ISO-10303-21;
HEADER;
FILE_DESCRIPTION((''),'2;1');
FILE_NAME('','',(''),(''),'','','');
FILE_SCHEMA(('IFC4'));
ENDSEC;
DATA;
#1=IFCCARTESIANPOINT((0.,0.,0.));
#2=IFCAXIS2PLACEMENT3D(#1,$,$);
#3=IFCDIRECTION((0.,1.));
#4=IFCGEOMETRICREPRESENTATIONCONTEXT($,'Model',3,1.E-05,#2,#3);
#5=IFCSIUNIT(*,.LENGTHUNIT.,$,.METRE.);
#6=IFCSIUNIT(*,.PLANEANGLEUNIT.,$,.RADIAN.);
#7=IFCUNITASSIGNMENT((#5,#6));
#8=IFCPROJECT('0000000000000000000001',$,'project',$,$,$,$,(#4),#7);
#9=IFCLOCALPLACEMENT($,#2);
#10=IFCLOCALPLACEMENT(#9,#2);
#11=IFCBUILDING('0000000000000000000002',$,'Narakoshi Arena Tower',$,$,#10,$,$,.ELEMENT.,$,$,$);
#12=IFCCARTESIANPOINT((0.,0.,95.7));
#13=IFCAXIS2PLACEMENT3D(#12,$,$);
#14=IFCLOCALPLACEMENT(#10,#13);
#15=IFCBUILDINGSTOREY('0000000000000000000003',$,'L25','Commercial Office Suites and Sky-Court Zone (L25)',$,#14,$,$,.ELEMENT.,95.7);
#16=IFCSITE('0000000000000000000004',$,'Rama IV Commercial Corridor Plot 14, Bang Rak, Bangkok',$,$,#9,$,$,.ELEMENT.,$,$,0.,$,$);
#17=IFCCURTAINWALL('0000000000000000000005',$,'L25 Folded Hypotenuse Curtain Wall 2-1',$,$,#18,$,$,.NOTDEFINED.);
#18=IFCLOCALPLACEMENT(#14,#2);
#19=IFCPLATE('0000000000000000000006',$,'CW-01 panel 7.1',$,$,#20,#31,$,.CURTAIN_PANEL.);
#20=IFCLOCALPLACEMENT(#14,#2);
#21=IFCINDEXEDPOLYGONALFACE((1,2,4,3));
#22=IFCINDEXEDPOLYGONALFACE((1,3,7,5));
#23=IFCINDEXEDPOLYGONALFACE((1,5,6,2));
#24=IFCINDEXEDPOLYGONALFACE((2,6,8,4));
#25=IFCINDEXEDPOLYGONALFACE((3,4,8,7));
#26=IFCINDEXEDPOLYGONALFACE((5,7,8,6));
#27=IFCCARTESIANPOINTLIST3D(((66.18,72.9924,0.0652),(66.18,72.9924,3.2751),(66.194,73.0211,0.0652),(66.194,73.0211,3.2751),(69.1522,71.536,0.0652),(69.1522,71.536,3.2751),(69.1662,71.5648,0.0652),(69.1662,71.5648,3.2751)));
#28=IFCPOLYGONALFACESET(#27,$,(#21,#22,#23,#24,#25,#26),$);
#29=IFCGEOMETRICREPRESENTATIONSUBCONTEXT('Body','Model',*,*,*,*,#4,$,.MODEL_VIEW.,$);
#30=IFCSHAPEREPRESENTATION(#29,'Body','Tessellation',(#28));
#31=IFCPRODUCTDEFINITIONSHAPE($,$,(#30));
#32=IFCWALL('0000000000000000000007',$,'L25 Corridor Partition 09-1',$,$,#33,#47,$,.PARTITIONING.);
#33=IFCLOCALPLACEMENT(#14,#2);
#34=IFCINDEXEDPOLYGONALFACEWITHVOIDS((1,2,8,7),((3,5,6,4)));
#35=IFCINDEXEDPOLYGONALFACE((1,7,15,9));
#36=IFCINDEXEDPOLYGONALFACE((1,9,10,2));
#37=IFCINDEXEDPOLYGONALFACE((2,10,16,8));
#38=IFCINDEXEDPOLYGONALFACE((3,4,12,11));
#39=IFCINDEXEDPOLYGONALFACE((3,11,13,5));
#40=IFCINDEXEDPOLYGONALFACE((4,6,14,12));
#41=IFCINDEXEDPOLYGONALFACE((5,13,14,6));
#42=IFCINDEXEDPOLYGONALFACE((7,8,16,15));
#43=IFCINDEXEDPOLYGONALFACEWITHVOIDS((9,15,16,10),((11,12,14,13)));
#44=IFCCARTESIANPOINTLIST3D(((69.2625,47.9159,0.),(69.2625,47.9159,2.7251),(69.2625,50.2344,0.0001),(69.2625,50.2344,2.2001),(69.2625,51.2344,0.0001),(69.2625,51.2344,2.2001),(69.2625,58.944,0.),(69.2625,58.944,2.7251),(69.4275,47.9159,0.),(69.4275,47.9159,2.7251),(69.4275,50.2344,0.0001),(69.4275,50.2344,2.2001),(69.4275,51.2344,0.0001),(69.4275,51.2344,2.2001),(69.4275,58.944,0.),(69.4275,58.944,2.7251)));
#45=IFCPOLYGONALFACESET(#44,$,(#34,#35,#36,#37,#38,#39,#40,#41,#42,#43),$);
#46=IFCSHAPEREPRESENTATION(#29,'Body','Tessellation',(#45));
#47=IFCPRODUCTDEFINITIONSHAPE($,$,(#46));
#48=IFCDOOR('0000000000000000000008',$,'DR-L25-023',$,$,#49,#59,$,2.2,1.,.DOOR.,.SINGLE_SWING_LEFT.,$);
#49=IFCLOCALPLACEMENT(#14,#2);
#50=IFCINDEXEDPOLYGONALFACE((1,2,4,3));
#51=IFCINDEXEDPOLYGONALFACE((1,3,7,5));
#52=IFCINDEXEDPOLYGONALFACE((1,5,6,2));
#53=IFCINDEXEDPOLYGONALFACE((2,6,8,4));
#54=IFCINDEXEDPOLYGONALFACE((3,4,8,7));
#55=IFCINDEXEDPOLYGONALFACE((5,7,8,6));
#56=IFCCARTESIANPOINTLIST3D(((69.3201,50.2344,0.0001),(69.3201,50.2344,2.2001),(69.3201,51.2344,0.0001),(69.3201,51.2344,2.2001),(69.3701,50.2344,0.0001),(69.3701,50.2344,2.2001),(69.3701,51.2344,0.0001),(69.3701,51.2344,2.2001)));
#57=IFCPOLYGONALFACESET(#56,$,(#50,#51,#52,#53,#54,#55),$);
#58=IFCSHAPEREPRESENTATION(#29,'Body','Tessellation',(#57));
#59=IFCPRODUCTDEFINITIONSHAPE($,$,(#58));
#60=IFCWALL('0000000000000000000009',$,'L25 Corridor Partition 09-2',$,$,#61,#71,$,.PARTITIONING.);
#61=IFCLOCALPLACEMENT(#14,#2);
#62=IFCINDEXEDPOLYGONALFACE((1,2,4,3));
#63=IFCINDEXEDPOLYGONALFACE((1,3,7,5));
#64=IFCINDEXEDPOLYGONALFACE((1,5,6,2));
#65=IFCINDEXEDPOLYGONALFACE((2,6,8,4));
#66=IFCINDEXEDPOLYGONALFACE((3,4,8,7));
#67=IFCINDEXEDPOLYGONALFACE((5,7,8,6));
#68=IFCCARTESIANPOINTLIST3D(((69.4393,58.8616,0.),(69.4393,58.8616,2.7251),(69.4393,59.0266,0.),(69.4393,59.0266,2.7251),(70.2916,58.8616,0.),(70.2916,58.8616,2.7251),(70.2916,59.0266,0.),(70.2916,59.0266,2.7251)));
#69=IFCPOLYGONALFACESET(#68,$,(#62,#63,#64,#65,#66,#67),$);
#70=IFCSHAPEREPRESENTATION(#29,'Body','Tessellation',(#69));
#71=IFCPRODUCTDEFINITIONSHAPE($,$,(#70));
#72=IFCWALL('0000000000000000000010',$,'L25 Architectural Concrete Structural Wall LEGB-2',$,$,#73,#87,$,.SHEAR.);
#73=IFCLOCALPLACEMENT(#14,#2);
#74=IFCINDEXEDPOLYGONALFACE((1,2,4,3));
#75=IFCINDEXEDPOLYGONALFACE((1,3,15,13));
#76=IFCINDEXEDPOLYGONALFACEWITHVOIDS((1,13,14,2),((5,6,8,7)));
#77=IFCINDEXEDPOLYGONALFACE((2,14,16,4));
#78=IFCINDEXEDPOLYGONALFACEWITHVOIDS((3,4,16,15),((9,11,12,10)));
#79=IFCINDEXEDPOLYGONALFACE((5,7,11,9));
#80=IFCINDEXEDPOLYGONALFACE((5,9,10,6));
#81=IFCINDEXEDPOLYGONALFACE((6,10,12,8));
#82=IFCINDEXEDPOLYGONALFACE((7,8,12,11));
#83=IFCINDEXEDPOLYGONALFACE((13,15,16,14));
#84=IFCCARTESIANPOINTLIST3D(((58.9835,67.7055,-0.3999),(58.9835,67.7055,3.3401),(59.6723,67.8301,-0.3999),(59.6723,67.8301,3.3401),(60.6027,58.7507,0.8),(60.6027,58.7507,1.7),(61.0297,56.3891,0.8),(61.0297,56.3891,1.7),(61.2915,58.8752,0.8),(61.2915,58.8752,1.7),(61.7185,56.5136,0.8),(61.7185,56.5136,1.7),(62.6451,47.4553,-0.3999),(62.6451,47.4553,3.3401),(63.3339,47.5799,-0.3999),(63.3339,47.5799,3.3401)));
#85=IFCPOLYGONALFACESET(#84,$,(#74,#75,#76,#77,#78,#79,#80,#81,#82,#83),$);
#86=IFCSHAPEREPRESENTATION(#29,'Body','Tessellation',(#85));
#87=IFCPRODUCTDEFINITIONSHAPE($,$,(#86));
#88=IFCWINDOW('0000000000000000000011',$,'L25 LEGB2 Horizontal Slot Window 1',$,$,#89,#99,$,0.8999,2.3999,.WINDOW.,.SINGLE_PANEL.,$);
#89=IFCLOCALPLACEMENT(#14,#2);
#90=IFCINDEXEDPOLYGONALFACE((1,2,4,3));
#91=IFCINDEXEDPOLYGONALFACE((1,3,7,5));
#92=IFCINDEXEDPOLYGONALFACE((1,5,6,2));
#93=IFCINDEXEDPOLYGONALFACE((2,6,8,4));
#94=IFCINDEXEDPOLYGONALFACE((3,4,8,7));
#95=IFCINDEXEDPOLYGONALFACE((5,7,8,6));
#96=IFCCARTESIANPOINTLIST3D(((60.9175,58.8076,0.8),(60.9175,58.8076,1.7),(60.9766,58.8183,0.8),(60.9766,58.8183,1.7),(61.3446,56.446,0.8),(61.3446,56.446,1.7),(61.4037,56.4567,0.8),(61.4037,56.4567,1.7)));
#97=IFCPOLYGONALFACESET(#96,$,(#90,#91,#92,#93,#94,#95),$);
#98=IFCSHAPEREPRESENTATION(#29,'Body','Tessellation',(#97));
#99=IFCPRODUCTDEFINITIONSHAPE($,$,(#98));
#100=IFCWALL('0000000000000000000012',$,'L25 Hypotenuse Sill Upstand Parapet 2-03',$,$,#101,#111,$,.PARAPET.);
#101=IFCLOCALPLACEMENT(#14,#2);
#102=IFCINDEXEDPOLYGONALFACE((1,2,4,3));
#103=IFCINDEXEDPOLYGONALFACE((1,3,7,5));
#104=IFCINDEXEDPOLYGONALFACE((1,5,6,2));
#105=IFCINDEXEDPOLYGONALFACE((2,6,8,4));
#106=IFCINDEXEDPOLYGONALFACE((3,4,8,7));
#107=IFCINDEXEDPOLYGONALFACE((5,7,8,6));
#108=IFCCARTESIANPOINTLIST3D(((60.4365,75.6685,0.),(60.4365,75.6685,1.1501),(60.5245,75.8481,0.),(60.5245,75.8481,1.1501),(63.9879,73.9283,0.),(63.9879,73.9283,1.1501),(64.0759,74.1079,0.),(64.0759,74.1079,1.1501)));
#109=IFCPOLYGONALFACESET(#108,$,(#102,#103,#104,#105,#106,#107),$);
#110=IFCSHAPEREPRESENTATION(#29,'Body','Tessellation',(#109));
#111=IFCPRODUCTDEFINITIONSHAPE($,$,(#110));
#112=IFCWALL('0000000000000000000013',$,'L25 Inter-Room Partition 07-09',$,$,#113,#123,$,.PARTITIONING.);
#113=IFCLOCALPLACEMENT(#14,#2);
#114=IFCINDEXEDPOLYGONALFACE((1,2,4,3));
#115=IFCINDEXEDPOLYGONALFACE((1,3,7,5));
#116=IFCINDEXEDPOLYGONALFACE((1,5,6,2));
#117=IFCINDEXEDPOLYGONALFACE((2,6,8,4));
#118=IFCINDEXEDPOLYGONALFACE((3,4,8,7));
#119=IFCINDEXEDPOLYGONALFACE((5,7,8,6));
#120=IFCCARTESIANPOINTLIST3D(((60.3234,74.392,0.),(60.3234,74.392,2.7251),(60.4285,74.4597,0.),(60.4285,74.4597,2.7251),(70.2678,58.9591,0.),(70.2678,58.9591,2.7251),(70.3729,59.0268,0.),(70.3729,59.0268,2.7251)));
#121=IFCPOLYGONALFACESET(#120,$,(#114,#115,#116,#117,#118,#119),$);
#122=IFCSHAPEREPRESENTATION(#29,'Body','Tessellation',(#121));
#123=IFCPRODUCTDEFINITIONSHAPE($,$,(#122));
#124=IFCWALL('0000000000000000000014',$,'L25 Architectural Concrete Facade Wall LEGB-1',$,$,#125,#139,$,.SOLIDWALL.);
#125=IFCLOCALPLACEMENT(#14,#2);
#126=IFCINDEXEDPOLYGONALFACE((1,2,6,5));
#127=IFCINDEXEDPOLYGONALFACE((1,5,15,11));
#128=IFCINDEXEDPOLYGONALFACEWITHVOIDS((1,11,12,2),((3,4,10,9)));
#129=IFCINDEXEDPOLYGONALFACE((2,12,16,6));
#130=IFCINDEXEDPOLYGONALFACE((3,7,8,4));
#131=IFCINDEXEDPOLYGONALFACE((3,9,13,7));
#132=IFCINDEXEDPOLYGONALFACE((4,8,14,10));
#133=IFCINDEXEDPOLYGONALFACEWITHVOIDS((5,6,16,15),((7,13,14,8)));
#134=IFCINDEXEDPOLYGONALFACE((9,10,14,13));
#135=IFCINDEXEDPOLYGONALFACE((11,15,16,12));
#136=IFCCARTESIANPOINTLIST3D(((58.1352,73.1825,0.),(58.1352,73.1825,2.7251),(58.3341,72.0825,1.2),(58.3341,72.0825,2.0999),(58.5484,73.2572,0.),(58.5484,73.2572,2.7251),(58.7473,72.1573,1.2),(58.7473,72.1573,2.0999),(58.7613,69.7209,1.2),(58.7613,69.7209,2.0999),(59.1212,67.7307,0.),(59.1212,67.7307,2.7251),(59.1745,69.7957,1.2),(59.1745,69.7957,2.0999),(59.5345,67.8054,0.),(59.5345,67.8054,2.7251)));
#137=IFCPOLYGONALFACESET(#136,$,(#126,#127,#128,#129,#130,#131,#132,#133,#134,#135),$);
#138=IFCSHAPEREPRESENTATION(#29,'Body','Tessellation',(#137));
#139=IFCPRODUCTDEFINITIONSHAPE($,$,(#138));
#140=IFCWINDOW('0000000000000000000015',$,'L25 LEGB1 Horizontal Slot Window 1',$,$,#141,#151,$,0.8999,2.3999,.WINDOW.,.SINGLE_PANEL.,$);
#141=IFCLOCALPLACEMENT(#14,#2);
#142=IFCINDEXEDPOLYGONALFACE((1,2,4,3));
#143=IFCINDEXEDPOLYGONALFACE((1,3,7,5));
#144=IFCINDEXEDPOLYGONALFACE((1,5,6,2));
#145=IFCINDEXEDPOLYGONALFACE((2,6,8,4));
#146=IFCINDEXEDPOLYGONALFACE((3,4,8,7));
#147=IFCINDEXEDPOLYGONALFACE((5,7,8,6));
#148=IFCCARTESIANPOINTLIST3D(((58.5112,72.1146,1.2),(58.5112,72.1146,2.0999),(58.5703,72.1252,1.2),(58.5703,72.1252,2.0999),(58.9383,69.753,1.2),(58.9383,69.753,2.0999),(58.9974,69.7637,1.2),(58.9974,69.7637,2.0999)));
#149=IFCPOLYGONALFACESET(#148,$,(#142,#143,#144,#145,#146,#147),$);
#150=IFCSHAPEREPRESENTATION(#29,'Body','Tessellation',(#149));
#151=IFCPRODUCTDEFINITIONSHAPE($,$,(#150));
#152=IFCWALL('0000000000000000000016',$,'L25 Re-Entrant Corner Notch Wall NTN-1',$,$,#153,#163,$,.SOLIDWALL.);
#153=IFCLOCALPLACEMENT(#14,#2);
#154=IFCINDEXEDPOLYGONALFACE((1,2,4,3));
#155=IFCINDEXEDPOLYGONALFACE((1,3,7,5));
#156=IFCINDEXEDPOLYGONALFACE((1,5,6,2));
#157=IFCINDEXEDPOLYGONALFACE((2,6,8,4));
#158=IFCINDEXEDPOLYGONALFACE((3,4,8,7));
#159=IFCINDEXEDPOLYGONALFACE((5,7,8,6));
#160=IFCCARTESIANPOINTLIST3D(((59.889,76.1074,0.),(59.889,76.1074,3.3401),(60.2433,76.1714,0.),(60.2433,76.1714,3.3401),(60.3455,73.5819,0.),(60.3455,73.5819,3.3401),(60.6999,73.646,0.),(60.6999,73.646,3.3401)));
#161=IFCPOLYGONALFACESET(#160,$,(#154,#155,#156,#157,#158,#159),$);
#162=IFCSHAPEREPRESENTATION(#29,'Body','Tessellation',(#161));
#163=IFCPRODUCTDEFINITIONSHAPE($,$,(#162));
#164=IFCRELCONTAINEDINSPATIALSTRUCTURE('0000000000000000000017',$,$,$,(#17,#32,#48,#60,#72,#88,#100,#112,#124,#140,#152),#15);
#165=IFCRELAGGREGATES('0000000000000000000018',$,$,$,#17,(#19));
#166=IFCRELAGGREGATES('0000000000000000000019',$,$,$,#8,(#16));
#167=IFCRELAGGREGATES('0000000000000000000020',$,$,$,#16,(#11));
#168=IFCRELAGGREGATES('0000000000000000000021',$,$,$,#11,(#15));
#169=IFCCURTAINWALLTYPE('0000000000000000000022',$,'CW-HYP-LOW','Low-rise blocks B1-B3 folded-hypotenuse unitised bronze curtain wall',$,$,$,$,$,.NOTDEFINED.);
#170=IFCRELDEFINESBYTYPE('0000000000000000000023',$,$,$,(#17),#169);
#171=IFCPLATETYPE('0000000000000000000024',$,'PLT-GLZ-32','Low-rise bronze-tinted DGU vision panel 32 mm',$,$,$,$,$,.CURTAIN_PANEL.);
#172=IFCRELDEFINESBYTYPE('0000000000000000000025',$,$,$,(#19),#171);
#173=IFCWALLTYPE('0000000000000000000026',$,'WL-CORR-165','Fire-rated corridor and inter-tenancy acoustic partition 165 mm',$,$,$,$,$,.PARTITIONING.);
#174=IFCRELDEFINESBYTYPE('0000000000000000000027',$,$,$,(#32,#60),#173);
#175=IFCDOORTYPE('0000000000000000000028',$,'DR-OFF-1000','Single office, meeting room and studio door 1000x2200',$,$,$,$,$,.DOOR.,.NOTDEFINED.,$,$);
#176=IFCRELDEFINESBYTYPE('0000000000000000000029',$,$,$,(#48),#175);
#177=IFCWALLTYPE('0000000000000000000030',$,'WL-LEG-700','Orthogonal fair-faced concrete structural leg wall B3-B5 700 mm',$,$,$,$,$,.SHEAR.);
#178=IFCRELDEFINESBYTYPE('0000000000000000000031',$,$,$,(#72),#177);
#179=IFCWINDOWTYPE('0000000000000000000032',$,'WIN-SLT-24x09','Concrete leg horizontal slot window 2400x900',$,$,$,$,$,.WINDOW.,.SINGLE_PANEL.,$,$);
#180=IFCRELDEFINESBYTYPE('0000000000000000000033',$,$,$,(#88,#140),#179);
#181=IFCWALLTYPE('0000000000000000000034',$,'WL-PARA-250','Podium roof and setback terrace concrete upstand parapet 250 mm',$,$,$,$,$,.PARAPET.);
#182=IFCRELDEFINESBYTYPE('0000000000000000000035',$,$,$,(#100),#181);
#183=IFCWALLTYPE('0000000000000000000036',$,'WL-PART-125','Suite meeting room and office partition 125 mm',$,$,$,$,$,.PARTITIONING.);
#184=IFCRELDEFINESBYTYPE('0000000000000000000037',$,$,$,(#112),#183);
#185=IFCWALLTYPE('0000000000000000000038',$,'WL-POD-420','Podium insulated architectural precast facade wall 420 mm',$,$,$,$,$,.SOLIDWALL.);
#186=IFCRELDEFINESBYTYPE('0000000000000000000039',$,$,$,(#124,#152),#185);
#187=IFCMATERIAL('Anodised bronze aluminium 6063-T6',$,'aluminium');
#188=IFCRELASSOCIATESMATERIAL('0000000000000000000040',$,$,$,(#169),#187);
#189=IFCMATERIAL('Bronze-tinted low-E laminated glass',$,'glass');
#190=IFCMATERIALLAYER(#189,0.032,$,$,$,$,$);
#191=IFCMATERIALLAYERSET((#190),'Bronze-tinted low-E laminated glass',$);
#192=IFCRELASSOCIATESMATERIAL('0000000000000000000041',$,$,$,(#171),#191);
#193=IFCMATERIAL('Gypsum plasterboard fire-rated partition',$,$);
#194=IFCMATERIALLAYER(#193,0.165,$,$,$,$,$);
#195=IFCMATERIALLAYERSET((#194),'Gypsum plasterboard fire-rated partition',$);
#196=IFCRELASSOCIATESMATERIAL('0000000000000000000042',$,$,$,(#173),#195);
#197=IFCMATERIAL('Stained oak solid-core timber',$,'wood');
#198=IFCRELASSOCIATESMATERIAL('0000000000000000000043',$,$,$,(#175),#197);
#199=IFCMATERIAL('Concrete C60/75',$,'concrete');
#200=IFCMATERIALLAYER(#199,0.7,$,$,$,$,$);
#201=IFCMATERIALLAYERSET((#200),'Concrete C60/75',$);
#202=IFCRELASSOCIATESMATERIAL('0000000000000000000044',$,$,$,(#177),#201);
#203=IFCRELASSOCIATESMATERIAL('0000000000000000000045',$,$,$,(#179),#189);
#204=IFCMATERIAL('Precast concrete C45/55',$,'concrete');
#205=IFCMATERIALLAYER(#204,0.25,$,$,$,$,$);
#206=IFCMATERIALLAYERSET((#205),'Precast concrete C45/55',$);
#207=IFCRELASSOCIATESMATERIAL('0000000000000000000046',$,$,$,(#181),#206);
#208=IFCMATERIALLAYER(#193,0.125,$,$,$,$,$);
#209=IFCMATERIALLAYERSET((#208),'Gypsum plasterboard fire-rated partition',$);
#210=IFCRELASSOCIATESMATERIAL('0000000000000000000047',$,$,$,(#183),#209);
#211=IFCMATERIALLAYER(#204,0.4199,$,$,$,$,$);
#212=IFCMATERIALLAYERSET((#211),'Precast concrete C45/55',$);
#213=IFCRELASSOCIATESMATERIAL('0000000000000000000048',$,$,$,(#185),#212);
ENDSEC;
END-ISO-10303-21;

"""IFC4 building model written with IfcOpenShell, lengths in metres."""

from ifc_helpers import new_model, si_unit, direction, frame, frame_2d, origin, origin_2d, place, context, subcontext, project, spatial, rectangle, extrude, material, layer, layer_set, type_object, element, fill, aggregate, save


model = new_model("IFC4")

# Units and contexts
model_context = context("Model", 3, precision=1e-05, world=origin(), true_north=direction((0.0, 1.0)))
body_context = subcontext(model_context, "Body", "Model", "MODEL_VIEW")
ifc_project = project(units=[si_unit("LENGTHUNIT", "METRE"), si_unit("PLANEANGLEUNIT", "RADIAN")], contexts=[model_context])

# Site, building, storey
site_placement = place(None, origin())
site = spatial("IfcSite", under=ifc_project, at=site_placement, Name="Rama IV Commercial Corridor Plot 14, Bang Rak, Bangkok", CompositionType="ELEMENT", RefElevation=0.0)
building_placement = place(site_placement, origin())
building = spatial("IfcBuilding", under=site, at=building_placement, Name="Narakoshi Arena Tower", CompositionType="ELEMENT")
storey_placement = place(building_placement, frame((0.0, 0.0, 95.7)))
storey = spatial("IfcBuildingStorey", under=building, at=storey_placement, Name="L25", Description="Commercial Office Suites and Sky-Court Zone (L25)", CompositionType="ELEMENT", Elevation=95.7)

# Shared definitions
ifc_material_1 = material(Name="Concrete C60/75", Category="concrete")

# Curtain wall, plate
ifc_material_2 = material(Name="Anodised bronze aluminium 6063-T6", Category="aluminium")
curtain_wall_type = type_object("IfcCurtainWallType", Name="CW-HYP-LOW", Description="Low-rise blocks B1-B3 folded-hypotenuse unitised bronze curtain wall", PredefinedType="NOTDEFINED", material=ifc_material_2)
curtain_wall_placement = place(storey_placement, origin())
curtain_wall = element("IfcCurtainWall", 1, at=curtain_wall_placement, inside=storey, type_object=curtain_wall_type, Name="L25 Folded Hypotenuse Curtain Wall 2-1", PredefinedType="NOTDEFINED")
ifc_material_3 = material(Name="Bronze-tinted low-E laminated glass", Category="glass")
ifc_layer_1 = layer(ifc_material_3, 0.032)
ifc_layer_set_1 = layer_set([ifc_layer_1], Name="Bronze-tinted low-E laminated glass")
plate_type = type_object("IfcPlateType", Name="PLT-GLZ-32", Description="Low-rise bronze-tinted DGU vision panel 32 mm", PredefinedType="CURTAIN_PANEL", material=ifc_layer_set_1)
plate_1_placement = place(storey_placement, frame((67.6731, 72.2786, 0.0652), z_axis=(0.0, 0.0, 1.0), x_axis=(-0.897996, 0.440005, 0.0)))
plate_1 = element("IfcPlate", 2, at=plate_1_placement, type_object=plate_type, Name="CW-01 panel 7.1", PredefinedType="CURTAIN_PANEL", context=body_context, shape_type="SweptSolid", body=[
    extrude(rectangle(XDim=3.3098, YDim=0.032, at=origin_2d()), origin(), (0.0, 0.0, 1.0), 3.21),
])
aggregate(curtain_wall, [plate_1])

# Wall, opening, door
ifc_material_4 = material(Name="Gypsum plasterboard fire-rated partition")
ifc_layer_2 = layer(ifc_material_4, 0.165)
ifc_layer_set_2 = layer_set([ifc_layer_2], Name="Gypsum plasterboard fire-rated partition")
wall_type_1 = type_object("IfcWallType", Name="WL-CORR-165", Description="Fire-rated corridor and inter-tenancy acoustic partition 165 mm", PredefinedType="PARTITIONING", material=ifc_layer_set_2)
wall_1_placement = place(storey_placement, frame((69.345, 58.9441, 0.0), z_axis=(0.0, 0.0, 1.0), x_axis=(0.0, -1.0, 0.0)))
wall_1 = element("IfcWall", 3, at=wall_1_placement, inside=storey, type_object=wall_type_1, Name="L25 Corridor Partition 09-1", PredefinedType="PARTITIONING", context=body_context, shape_type="SweptSolid", body=[
    extrude(rectangle(XDim=11.0281, YDim=0.165, at=frame_2d((5.5142, 0.0))), origin(), (0.0, 0.0, 1.0), 2.7251),
])
opening_1_placement = place(wall_1_placement, frame((7.7097, 0.0, 0.0)))
opening_1 = element("IfcOpeningElement", 4, at=opening_1_placement, cuts=wall_1, PredefinedType="OPENING", context=body_context, shape_type="SweptSolid", body=[
    extrude(rectangle(XDim=1.0, YDim=2.2, at=frame_2d((0.5, 1.1001))), frame((0.0, 0.0925, 0.0), z_axis=(0.0, -1.0, 0.0), x_axis=(1.0, 0.0, 0.0)), (0.0, 0.0, 1.0), 0.1851),
])
ifc_material_5 = material(Name="Stained oak solid-core timber", Category="wood")
door_type = type_object("IfcDoorType", Name="DR-OFF-1000", Description="Single office, meeting room and studio door 1000x2200", OperationType="NOTDEFINED", PredefinedType="DOOR", material=ifc_material_5)
door_placement = place(opening_1_placement, frame((1.0, 0.0, 0.0), z_axis=(0.0, 0.0, 1.0), x_axis=(-1.0, 0.0, 0.0)))
door = element("IfcDoor", 5, at=door_placement, inside=storey, type_object=door_type, Name="DR-L25-023", OperationType="SINGLE_SWING_LEFT", OverallHeight=2.2, OverallWidth=1.0, PredefinedType="DOOR", context=body_context, shape_type="SweptSolid", body=[
    extrude(rectangle(XDim=1.0, YDim=2.2, at=frame_2d((0.5, 1.1001))), frame((0.0, 0.0249, 0.0), z_axis=(0.0, -1.0, 0.0), x_axis=(1.0, 0.0, 0.0)), (0.0, 0.0, 1.0), 0.05),
])
fill(opening_1, door)

# Wall
wall_2_placement = place(storey_placement, frame((70.2917, 58.9441, 0.0), z_axis=(0.0, 0.0, 1.0), x_axis=(-1.0, 0.0, 0.0)))
element("IfcWall", 6, at=wall_2_placement, inside=storey, type_object=wall_type_1, Name="L25 Corridor Partition 09-2", PredefinedType="PARTITIONING", context=body_context, shape_type="SweptSolid", body=[
    extrude(rectangle(XDim=0.8523, YDim=0.165, at=frame_2d((0.4263, 0.0))), origin(), (0.0, 0.0, 1.0), 2.7251),
])

# Wall, opening, window
ifc_layer_3 = layer(ifc_material_1, 0.7)
ifc_layer_set_3 = layer_set([ifc_layer_3], Name="Concrete C60/75")
wall_type_2 = type_object("IfcWallType", Name="WL-LEG-700", Description="Orthogonal fair-faced concrete structural leg wall B3-B5 700 mm", PredefinedType="SHEAR", material=ifc_layer_set_3)
wall_3_placement = place(storey_placement, frame((59.3279, 67.7678, -0.3999), z_axis=(0.0, 0.0, 1.0), x_axis=(0.177933, -0.984043, 0.0)))
wall_3 = element("IfcWall", 7, at=wall_3_placement, inside=storey, type_object=wall_type_2, Name="L25 Architectural Concrete Structural Wall LEGB-2", PredefinedType="SHEAR", context=body_context, shape_type="SweptSolid", body=[
    extrude(rectangle(XDim=20.5786, YDim=0.7, at=frame_2d((10.2893, 0.0))), origin(), (0.0, 0.0, 1.0), 3.74),
])
opening_2_placement = place(wall_3_placement, frame((9.1001, 0.0, 1.2)))
opening_2 = element("IfcOpeningElement", 8, at=opening_2_placement, cuts=wall_3, PredefinedType="OPENING", context=body_context, shape_type="SweptSolid", body=[
    extrude(rectangle(XDim=2.3999, YDim=0.8999, at=frame_2d((1.2, 0.45))), frame((0.0, 0.3599, 0.0), z_axis=(0.0, -1.0, 0.0), x_axis=(1.0, 0.0, 0.0)), (0.0, 0.0, 1.0), 0.72),
])
window_type = type_object("IfcWindowType", Name="WIN-SLT-24x09", Description="Concrete leg horizontal slot window 2400x900", PartitioningType="SINGLE_PANEL", PredefinedType="WINDOW", material=ifc_material_3)
window_1_placement = place(opening_2_placement, origin())
window_1 = element("IfcWindow", 9, at=window_1_placement, inside=storey, type_object=window_type, Name="L25 LEGB2 Horizontal Slot Window 1", OverallHeight=0.8999, OverallWidth=2.3999, PartitioningType="SINGLE_PANEL", PredefinedType="WINDOW", context=body_context, shape_type="SweptSolid", body=[
    extrude(rectangle(XDim=2.3999, YDim=0.8999, at=frame_2d((1.2, 0.45))), frame((0.0, 0.03, 0.0), z_axis=(0.0, -1.0, 0.0), x_axis=(1.0, 0.0, 0.0)), (0.0, 0.0, 1.0), 0.0601),
])
fill(opening_2, window_1)

# Walls
ifc_material_6 = material(Name="Precast concrete C45/55", Category="concrete")
ifc_layer_4 = layer(ifc_material_6, 0.25)
ifc_layer_set_4 = layer_set([ifc_layer_4], Name="Precast concrete C45/55")
wall_type_3 = type_object("IfcWallType", Name="WL-PARA-250", Description="Podium roof and setback terrace concrete upstand parapet 250 mm", PredefinedType="PARAPET", material=ifc_layer_set_4)
wall_4_placement = place(storey_placement, frame((64.032, 74.0181, 0.0), z_axis=(0.0, 0.0, 1.0), x_axis=(-0.897991, 0.440014, 0.0)))
element("IfcWall", 10, at=wall_4_placement, inside=storey, type_object=wall_type_3, Name="L25 Hypotenuse Sill Upstand Parapet 2-03", PredefinedType="PARAPET", context=body_context, shape_type="SweptSolid", body=[
    extrude(rectangle(XDim=3.9548, YDim=0.2, at=frame_2d((1.9775, 0.0))), origin(), (0.0, 0.0, 1.0), 1.1501),
])
ifc_layer_5 = layer(ifc_material_4, 0.125)
ifc_layer_set_5 = layer_set([ifc_layer_5], Name="Gypsum plasterboard fire-rated partition")
wall_type_4 = type_object("IfcWallType", Name="WL-PART-125", Description="Suite meeting room and office partition 125 mm", PredefinedType="PARTITIONING", material=ifc_layer_set_5)
wall_5_placement = place(storey_placement, frame((70.3203, 58.9929, 0.0), z_axis=(0.0, 0.0, 1.0), x_axis=(-0.541652, 0.840603, 0.0)))
element("IfcWall", 11, at=wall_5_placement, inside=storey, type_object=wall_type_4, Name="L25 Inter-Room Partition 07-09", PredefinedType="PARTITIONING", context=body_context, shape_type="SweptSolid", body=[
    extrude(rectangle(XDim=18.3594, YDim=0.125, at=frame_2d((9.1797, 0.0))), origin(), (0.0, 0.0, 1.0), 2.7251),
])

# Wall, opening, window
ifc_layer_6 = layer(ifc_material_6, 0.4199)
ifc_layer_set_6 = layer_set([ifc_layer_6], Name="Precast concrete C45/55")
wall_type_5 = type_object("IfcWallType", Name="WL-POD-420", Description="Podium insulated architectural precast facade wall 420 mm", PredefinedType="SOLIDWALL", material=ifc_layer_set_6)
wall_6_placement = place(storey_placement, frame((58.3418, 73.2197, 0.0), z_axis=(0.0, 0.0, 1.0), x_axis=(0.177982, -0.984034, 0.0)))
wall_6 = element("IfcWall", 12, at=wall_6_placement, inside=storey, type_object=wall_type_5, Name="L25 Architectural Concrete Facade Wall LEGB-1", PredefinedType="SOLIDWALL", context=body_context, shape_type="SweptSolid", body=[
    extrude(rectangle(XDim=5.5403, YDim=0.4199, at=frame_2d((2.77, 0.0))), origin(), (0.0, 0.0, 1.0), 2.7251),
])
opening_3_placement = place(wall_6_placement, frame((1.1177, 0.0, 1.2)))
opening_3 = element("IfcOpeningElement", 13, at=opening_3_placement, cuts=wall_6, PredefinedType="OPENING", context=body_context, shape_type="SweptSolid", body=[
    extrude(rectangle(XDim=2.3999, YDim=0.8999, at=frame_2d((1.2, 0.45))), frame((0.0, 0.22, 0.0), z_axis=(0.0, -1.0, 0.0), x_axis=(1.0, 0.0, 0.0)), (0.0, 0.0, 1.0), 0.4399),
])
window_2_placement = place(opening_3_placement, origin())
window_2 = element("IfcWindow", 14, at=window_2_placement, inside=storey, type_object=window_type, Name="L25 LEGB1 Horizontal Slot Window 1", OverallHeight=0.8999, OverallWidth=2.3999, PartitioningType="SINGLE_PANEL", PredefinedType="WINDOW", context=body_context, shape_type="SweptSolid", body=[
    extrude(rectangle(XDim=2.3999, YDim=0.8999, at=frame_2d((1.2, 0.45))), frame((0.0, 0.03, 0.0), z_axis=(0.0, -1.0, 0.0), x_axis=(1.0, 0.0, 0.0)), (0.0, 0.0, 1.0), 0.0601),
])
fill(opening_3, window_2)

# Wall
wall_7_placement = place(storey_placement, frame((60.0662, 76.1394, 0.0), z_axis=(0.0, 0.0, 1.0), x_axis=(0.177897, -0.984049, 0.0)))
element("IfcWall", 15, at=wall_7_placement, inside=storey, type_object=wall_type_5, Name="L25 Re-Entrant Corner Notch Wall NTN-1", PredefinedType="SOLIDWALL", context=body_context, shape_type="SweptSolid", body=[
    extrude(rectangle(XDim=2.5664, YDim=0.3601, at=frame_2d((1.2832, 0.0))), origin(), (0.0, 0.0, 1.0), 3.3401),
])

save(model, "model.ifc")
